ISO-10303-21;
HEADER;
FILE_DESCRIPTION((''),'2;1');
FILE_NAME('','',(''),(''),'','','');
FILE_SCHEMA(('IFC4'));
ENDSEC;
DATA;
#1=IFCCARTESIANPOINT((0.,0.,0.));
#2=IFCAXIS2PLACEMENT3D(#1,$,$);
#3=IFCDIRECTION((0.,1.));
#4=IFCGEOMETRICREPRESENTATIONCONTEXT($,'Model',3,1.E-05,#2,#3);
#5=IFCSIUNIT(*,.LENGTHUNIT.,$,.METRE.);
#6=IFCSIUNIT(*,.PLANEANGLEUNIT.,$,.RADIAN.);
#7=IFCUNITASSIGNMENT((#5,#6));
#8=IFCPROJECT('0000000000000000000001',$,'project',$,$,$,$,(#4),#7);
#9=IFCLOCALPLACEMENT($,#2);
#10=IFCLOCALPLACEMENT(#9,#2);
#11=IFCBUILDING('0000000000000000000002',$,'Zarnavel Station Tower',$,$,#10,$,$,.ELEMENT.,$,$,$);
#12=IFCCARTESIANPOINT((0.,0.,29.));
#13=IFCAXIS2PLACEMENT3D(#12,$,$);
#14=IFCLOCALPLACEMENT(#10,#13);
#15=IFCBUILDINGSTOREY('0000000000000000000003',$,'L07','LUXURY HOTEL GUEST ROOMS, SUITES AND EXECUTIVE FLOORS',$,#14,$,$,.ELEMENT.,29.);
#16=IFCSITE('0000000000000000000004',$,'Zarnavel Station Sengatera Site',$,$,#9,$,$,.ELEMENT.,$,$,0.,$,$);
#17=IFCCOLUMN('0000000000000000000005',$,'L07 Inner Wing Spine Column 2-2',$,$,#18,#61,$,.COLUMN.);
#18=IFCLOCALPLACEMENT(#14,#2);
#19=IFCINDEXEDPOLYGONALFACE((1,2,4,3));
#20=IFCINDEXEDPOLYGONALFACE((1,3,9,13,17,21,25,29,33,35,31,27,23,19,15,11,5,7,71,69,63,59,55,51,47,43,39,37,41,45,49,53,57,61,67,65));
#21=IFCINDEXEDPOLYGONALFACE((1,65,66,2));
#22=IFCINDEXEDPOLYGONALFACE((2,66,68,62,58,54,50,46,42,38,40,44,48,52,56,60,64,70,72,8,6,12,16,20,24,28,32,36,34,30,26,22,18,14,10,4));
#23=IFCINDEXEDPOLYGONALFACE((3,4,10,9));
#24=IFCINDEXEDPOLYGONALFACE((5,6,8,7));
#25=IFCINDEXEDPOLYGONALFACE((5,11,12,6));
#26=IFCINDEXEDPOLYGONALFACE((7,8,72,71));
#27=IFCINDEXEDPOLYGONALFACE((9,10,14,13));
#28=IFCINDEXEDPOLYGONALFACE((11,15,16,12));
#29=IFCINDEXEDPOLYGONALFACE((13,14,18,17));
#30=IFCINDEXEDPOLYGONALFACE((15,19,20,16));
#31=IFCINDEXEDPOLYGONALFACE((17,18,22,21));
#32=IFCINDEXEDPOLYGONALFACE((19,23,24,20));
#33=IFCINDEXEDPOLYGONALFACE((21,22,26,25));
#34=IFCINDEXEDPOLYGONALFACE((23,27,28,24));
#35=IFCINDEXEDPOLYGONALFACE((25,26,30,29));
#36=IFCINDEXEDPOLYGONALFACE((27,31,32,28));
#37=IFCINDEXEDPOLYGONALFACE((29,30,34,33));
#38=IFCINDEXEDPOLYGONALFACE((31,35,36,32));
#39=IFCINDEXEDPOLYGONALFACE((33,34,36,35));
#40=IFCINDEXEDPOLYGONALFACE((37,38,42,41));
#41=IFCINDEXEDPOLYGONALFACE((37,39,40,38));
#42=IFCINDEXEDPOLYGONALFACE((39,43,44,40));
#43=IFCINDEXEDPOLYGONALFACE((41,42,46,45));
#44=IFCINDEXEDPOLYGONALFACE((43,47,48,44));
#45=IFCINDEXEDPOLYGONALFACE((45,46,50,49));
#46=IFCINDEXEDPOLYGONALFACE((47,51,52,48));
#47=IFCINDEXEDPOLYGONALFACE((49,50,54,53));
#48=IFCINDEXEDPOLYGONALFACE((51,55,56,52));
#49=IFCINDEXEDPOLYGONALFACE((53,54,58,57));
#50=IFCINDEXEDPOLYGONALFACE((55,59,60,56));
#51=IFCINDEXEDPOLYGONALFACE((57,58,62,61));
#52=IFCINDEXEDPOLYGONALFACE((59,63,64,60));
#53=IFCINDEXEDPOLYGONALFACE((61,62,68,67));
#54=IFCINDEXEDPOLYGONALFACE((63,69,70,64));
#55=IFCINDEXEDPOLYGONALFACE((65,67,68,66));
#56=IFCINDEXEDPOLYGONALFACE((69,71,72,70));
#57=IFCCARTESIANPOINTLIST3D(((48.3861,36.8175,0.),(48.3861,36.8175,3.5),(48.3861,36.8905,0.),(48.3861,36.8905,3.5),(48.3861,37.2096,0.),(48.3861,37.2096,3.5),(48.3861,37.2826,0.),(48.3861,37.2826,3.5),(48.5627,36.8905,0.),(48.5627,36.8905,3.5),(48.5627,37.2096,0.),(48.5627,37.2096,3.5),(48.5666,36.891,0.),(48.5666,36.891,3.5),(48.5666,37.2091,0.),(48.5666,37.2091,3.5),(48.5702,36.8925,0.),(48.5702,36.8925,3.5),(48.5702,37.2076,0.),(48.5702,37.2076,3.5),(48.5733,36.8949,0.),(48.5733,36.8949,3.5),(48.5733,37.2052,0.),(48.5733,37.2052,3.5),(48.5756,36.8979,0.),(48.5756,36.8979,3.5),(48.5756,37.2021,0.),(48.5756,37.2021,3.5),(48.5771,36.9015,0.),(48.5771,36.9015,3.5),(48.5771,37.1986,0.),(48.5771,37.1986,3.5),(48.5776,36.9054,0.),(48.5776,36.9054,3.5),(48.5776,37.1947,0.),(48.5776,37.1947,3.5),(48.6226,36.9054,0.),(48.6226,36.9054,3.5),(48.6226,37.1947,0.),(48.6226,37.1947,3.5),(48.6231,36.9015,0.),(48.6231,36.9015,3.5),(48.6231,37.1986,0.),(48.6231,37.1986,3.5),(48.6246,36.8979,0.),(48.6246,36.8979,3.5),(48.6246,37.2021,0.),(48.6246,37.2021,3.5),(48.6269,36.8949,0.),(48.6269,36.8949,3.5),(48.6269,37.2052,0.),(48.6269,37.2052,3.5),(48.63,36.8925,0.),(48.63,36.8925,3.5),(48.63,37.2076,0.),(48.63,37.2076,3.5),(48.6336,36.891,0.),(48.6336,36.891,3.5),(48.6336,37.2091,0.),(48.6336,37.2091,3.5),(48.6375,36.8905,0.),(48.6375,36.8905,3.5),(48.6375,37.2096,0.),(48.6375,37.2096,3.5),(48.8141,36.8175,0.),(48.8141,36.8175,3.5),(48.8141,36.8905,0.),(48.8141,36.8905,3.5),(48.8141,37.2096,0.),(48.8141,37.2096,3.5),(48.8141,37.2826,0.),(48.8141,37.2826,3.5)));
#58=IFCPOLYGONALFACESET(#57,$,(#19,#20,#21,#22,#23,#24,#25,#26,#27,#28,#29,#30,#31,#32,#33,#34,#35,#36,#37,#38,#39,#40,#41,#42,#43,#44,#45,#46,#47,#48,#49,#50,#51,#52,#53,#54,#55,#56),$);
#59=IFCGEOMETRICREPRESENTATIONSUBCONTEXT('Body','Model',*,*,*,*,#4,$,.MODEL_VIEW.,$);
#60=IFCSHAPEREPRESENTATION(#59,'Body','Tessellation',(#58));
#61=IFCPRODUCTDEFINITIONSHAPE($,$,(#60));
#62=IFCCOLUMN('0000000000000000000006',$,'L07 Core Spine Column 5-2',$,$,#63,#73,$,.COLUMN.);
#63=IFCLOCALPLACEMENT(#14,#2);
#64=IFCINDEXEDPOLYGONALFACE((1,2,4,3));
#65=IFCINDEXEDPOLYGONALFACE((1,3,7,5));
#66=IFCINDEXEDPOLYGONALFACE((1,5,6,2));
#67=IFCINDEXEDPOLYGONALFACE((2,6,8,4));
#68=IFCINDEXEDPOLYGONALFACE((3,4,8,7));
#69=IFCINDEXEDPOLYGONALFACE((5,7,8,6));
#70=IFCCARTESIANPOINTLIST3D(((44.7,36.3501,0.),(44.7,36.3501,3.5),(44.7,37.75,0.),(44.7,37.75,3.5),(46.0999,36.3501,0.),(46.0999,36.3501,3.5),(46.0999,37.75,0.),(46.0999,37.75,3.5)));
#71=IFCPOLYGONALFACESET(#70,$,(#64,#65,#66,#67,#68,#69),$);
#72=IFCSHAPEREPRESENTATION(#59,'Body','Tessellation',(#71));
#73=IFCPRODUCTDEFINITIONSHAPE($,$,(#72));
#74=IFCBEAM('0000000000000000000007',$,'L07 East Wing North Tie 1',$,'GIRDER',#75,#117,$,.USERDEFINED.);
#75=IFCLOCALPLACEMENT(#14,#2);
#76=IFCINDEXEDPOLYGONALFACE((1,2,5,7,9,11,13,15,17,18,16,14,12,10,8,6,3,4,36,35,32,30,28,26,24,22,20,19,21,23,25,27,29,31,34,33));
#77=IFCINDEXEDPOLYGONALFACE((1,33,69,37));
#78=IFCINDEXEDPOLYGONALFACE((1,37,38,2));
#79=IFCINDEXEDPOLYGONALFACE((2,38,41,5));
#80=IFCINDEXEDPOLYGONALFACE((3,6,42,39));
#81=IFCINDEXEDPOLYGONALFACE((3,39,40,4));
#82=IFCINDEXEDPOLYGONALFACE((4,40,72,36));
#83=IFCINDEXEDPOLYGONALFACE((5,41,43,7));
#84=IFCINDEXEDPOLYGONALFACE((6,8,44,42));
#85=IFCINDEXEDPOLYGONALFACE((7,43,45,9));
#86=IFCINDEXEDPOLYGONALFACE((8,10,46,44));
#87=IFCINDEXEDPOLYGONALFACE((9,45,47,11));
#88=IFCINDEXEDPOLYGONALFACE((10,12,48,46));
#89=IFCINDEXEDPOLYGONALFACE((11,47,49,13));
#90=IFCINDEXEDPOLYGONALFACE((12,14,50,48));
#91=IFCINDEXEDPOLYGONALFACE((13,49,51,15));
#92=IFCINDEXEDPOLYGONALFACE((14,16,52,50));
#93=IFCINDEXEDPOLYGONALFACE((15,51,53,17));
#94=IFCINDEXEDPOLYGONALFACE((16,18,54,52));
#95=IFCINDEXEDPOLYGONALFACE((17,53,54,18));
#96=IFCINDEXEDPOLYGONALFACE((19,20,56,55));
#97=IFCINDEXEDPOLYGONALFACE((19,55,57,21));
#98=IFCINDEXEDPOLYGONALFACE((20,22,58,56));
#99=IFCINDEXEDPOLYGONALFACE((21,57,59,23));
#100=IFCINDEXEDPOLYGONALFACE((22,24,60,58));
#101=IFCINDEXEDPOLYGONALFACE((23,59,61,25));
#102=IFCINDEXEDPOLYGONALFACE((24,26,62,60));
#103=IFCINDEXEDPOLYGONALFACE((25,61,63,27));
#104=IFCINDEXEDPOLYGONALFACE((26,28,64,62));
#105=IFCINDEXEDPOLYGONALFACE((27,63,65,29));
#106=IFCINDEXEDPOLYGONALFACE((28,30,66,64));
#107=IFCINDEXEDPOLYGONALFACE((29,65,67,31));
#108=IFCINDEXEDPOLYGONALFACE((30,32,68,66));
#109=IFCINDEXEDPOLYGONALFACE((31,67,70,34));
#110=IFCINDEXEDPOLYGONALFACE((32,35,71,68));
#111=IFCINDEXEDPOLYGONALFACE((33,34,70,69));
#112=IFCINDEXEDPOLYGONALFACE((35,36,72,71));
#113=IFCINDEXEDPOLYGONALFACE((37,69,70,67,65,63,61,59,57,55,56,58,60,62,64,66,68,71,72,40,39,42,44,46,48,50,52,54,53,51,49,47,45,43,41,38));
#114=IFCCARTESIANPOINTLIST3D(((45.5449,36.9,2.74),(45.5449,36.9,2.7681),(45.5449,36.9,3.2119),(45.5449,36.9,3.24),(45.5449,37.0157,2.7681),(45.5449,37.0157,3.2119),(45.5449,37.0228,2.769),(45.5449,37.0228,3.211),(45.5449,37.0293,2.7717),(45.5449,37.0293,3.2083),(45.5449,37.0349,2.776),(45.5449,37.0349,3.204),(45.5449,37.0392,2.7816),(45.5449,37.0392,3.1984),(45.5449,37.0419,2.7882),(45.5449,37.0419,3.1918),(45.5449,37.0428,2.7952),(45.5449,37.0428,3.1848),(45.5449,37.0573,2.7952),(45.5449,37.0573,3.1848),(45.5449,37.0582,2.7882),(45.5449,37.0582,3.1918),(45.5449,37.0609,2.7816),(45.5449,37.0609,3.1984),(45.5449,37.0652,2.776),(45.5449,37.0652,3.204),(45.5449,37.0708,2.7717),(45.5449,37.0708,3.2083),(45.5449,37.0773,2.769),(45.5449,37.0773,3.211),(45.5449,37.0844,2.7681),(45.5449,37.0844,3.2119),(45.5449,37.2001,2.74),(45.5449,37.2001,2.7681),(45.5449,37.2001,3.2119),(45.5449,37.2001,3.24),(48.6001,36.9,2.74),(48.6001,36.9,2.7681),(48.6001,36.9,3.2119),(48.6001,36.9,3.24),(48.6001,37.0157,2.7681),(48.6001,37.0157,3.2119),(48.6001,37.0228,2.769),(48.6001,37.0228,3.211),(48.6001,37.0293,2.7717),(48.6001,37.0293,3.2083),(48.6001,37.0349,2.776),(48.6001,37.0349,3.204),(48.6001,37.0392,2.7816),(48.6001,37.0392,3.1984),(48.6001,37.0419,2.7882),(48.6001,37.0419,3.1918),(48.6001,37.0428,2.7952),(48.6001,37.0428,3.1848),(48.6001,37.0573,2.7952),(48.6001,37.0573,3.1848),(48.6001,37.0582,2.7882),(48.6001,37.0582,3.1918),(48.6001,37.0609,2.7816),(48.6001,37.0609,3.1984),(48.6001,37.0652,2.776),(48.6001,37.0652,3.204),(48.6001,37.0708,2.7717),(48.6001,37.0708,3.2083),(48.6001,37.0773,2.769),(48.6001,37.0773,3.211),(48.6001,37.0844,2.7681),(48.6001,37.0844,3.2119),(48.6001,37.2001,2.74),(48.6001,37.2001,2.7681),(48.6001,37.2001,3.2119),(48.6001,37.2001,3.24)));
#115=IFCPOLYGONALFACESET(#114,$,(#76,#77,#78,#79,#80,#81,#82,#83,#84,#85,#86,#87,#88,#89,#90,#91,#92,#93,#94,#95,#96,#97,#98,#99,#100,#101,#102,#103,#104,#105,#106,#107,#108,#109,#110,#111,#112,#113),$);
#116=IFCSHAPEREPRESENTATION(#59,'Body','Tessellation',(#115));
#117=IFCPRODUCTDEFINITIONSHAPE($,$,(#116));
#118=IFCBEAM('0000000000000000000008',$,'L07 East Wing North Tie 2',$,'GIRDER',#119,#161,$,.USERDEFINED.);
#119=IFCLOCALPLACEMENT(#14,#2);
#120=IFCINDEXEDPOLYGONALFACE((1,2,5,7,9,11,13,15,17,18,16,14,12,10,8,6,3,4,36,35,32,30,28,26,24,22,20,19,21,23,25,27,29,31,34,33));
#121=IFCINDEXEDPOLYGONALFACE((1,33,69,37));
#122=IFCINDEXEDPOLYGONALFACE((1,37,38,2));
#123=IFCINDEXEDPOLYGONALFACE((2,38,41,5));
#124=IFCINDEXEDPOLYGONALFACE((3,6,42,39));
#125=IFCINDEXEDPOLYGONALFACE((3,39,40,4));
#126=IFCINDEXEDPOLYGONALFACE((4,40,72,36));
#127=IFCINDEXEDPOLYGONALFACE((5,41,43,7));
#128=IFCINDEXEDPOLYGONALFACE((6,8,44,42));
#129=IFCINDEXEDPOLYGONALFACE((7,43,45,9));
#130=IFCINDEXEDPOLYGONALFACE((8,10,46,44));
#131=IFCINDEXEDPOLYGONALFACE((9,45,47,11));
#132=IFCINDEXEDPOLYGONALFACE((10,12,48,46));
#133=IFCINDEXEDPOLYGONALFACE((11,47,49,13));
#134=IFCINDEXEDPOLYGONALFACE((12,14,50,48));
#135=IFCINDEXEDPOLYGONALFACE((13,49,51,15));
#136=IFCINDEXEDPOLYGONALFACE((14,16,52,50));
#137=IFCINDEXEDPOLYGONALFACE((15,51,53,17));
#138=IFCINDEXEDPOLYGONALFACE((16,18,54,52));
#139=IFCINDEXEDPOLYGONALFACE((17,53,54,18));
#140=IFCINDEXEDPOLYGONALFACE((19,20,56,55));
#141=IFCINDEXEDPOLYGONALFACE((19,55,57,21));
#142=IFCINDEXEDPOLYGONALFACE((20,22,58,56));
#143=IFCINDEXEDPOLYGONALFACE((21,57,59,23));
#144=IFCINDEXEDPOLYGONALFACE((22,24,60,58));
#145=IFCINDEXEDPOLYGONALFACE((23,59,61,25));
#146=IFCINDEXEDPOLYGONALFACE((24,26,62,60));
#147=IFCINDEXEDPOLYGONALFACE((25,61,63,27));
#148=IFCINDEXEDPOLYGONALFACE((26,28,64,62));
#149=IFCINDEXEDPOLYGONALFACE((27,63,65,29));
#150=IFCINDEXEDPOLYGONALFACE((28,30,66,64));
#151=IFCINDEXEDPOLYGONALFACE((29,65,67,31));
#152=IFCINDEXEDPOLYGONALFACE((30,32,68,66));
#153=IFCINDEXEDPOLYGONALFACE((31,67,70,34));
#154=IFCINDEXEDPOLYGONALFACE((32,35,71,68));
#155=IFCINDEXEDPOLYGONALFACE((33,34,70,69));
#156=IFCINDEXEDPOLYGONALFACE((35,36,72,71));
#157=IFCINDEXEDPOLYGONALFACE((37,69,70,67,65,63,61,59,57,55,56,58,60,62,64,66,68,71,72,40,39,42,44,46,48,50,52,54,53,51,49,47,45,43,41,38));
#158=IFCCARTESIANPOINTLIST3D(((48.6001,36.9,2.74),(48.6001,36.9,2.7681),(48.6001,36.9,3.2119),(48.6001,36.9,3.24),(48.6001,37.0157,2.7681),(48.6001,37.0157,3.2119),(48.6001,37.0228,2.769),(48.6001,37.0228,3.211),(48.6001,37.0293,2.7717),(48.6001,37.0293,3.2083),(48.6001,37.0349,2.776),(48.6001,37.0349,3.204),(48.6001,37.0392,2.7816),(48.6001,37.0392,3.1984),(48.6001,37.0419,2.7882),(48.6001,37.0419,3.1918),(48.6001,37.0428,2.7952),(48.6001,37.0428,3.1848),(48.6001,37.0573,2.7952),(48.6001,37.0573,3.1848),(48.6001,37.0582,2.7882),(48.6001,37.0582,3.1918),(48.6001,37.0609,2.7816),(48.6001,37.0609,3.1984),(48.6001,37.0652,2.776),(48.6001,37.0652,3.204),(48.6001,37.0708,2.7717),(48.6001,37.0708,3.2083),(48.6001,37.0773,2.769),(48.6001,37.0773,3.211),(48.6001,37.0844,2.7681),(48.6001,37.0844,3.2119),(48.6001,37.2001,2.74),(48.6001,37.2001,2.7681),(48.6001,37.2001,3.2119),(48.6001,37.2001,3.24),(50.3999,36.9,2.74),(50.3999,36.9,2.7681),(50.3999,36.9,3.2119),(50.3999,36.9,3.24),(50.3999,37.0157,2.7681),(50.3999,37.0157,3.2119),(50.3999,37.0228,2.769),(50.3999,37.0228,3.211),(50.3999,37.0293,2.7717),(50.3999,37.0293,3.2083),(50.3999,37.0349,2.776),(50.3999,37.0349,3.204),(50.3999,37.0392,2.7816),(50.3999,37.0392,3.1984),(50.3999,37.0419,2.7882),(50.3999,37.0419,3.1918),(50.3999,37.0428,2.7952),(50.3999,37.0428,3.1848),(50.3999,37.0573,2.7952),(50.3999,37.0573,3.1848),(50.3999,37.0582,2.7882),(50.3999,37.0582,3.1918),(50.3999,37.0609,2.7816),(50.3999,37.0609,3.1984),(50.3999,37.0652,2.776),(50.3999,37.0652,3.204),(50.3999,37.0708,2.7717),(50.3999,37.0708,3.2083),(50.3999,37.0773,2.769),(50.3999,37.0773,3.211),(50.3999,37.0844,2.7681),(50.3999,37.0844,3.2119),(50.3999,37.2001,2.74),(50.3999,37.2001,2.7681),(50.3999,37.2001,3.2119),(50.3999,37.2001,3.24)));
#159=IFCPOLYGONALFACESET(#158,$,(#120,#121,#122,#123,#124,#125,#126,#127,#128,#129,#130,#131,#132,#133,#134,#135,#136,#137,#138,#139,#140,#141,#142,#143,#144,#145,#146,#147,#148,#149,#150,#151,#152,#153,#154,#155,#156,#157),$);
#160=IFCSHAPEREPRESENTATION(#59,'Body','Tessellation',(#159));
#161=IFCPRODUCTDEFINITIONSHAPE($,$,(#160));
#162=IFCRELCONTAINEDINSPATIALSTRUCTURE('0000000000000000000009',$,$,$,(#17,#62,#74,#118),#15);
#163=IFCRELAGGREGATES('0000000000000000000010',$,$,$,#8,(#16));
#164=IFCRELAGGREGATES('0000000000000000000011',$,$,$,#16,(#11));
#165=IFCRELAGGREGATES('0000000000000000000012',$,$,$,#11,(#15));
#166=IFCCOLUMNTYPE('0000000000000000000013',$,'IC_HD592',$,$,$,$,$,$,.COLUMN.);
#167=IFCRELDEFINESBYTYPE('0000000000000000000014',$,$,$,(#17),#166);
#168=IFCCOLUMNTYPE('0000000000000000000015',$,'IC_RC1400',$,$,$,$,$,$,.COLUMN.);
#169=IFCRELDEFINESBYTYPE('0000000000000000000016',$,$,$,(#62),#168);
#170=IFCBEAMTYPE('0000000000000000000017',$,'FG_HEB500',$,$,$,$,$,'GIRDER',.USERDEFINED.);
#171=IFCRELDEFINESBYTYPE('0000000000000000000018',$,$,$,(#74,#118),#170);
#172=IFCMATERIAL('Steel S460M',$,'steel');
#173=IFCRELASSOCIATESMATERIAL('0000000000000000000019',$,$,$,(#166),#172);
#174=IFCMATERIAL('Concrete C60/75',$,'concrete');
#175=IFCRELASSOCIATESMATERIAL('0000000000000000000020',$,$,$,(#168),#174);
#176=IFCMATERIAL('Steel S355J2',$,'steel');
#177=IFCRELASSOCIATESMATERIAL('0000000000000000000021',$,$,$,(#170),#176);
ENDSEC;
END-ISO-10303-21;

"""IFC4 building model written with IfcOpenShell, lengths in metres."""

from ifc_helpers import new_model, si_unit, direction, frame, origin, origin_2d, place, context, subcontext, project, spatial, rectangle, i_section, extrude, material, material_profile, profile_set, type_object, element, save


model = new_model("IFC4")

# Units and contexts
model_context = context("Model", 3, precision=1e-05, world=origin(), true_north=direction((0.0, 1.0)))
body_context = subcontext(model_context, "Body", "Model", "MODEL_VIEW")
ifc_project = project(units=[si_unit("LENGTHUNIT", "METRE"), si_unit("PLANEANGLEUNIT", "RADIAN")], contexts=[model_context])

# Site, building, storey
site_placement = place(None, origin())
site = spatial("IfcSite", under=ifc_project, at=site_placement, Name="Zarnavel Station Sengatera Site", CompositionType="ELEMENT", RefElevation=0.0)
building_placement = place(site_placement, origin())
building = spatial("IfcBuilding", under=site, at=building_placement, Name="Zarnavel Station Tower", CompositionType="ELEMENT")
storey_placement = place(building_placement, frame((0.0, 0.0, 29.0)))
storey = spatial("IfcBuildingStorey", under=building, at=storey_placement, Name="L07", Description="LUXURY HOTEL GUEST ROOMS, SUITES AND EXECUTIVE FLOORS", CompositionType="ELEMENT", Elevation=29.0)

# Columns
ifc_material_1 = material(Name="Steel S460M", Category="steel")
ifc_material_profile_1 = material_profile(ifc_material_1, i_section(OverallWidth=0.428, OverallDepth=0.4651, WebThickness=0.0449, FlangeThickness=0.073, FilletRadius=0.0149, at=origin_2d()), Name="HD400x592")
ifc_profile_set_1 = profile_set([ifc_material_profile_1], Name="Steel S460M")
column_type_1 = type_object("IfcColumnType", Name="IC_HD592", PredefinedType="COLUMN", material=ifc_profile_set_1)
column_1_placement = place(storey_placement, frame((48.6001, 37.05, 0.0), z_axis=(0.0, 0.0, 1.0), x_axis=(1.0, 0.0, 0.0)))
element("IfcColumn", 1, at=column_1_placement, inside=storey, type_object=column_type_1, Name="L07 Inner Wing Spine Column 2-2", PredefinedType="COLUMN", context=body_context, shape_type="SweptSolid", body=[
    extrude(i_section(OverallWidth=0.428, OverallDepth=0.4651, WebThickness=0.0449, FlangeThickness=0.073, FilletRadius=0.0149, at=origin_2d()), origin(), (0.0, 0.0, 1.0), 3.5),
])
ifc_material_2 = material(Name="Concrete C60/75", Category="concrete")
ifc_material_profile_2 = material_profile(ifc_material_2, rectangle(XDim=1.3999, YDim=1.3999, at=origin_2d()), Name="RC1400x1400")
ifc_profile_set_2 = profile_set([ifc_material_profile_2], Name="Concrete C60/75")
column_type_2 = type_object("IfcColumnType", Name="IC_RC1400", PredefinedType="COLUMN", material=ifc_profile_set_2)
column_2_placement = place(storey_placement, frame((45.3999, 37.05, 0.0), z_axis=(0.0, 0.0, 1.0), x_axis=(1.0, 0.0, 0.0)))
element("IfcColumn", 2, at=column_2_placement, inside=storey, type_object=column_type_2, Name="L07 Core Spine Column 5-2", PredefinedType="COLUMN", context=body_context, shape_type="SweptSolid", body=[
    extrude(rectangle(XDim=1.3999, YDim=1.3999, at=origin_2d()), origin(), (0.0, 0.0, 1.0), 3.5),
])

# Beams
ifc_material_3 = material(Name="Steel S355J2", Category="steel")
ifc_material_profile_3 = material_profile(ifc_material_3, i_section(OverallWidth=0.3, OverallDepth=0.5, WebThickness=0.0144, FlangeThickness=0.0281, FilletRadius=0.0271, at=origin_2d()), Name="HEB500")
ifc_profile_set_3 = profile_set([ifc_material_profile_3], Name="Steel S355J2")
beam_type = type_object("IfcBeamType", Name="FG_HEB500", ElementType="GIRDER", PredefinedType="USERDEFINED", material=ifc_profile_set_3)
beam_1_placement = place(storey_placement, frame((45.5449, 37.05, 2.99), z_axis=(1.0, 0.0, 0.0), x_axis=(0.0, 1.0, 0.0)))
element("IfcBeam", 3, at=beam_1_placement, inside=storey, type_object=beam_type, Name="L07 East Wing North Tie 1", ObjectType="GIRDER", PredefinedType="USERDEFINED", context=body_context, shape_type="SweptSolid", body=[
    extrude(i_section(OverallWidth=0.3, OverallDepth=0.5, WebThickness=0.0144, FlangeThickness=0.0281, FilletRadius=0.0271, at=origin_2d()), origin(), (0.0, 0.0, 1.0), 3.0552),
])
beam_2_placement = place(storey_placement, frame((48.6001, 37.05, 2.99), z_axis=(1.0, 0.0, 0.0), x_axis=(0.0, 1.0, 0.0)))
element("IfcBeam", 4, at=beam_2_placement, inside=storey, type_object=beam_type, Name="L07 East Wing North Tie 2", ObjectType="GIRDER", PredefinedType="USERDEFINED", context=body_context, shape_type="SweptSolid", body=[
    extrude(i_section(OverallWidth=0.3, OverallDepth=0.5, WebThickness=0.0144, FlangeThickness=0.0281, FilletRadius=0.0271, at=origin_2d()), origin(), (0.0, 0.0, 1.0), 1.7998),
])

save(model, "model.ifc")
